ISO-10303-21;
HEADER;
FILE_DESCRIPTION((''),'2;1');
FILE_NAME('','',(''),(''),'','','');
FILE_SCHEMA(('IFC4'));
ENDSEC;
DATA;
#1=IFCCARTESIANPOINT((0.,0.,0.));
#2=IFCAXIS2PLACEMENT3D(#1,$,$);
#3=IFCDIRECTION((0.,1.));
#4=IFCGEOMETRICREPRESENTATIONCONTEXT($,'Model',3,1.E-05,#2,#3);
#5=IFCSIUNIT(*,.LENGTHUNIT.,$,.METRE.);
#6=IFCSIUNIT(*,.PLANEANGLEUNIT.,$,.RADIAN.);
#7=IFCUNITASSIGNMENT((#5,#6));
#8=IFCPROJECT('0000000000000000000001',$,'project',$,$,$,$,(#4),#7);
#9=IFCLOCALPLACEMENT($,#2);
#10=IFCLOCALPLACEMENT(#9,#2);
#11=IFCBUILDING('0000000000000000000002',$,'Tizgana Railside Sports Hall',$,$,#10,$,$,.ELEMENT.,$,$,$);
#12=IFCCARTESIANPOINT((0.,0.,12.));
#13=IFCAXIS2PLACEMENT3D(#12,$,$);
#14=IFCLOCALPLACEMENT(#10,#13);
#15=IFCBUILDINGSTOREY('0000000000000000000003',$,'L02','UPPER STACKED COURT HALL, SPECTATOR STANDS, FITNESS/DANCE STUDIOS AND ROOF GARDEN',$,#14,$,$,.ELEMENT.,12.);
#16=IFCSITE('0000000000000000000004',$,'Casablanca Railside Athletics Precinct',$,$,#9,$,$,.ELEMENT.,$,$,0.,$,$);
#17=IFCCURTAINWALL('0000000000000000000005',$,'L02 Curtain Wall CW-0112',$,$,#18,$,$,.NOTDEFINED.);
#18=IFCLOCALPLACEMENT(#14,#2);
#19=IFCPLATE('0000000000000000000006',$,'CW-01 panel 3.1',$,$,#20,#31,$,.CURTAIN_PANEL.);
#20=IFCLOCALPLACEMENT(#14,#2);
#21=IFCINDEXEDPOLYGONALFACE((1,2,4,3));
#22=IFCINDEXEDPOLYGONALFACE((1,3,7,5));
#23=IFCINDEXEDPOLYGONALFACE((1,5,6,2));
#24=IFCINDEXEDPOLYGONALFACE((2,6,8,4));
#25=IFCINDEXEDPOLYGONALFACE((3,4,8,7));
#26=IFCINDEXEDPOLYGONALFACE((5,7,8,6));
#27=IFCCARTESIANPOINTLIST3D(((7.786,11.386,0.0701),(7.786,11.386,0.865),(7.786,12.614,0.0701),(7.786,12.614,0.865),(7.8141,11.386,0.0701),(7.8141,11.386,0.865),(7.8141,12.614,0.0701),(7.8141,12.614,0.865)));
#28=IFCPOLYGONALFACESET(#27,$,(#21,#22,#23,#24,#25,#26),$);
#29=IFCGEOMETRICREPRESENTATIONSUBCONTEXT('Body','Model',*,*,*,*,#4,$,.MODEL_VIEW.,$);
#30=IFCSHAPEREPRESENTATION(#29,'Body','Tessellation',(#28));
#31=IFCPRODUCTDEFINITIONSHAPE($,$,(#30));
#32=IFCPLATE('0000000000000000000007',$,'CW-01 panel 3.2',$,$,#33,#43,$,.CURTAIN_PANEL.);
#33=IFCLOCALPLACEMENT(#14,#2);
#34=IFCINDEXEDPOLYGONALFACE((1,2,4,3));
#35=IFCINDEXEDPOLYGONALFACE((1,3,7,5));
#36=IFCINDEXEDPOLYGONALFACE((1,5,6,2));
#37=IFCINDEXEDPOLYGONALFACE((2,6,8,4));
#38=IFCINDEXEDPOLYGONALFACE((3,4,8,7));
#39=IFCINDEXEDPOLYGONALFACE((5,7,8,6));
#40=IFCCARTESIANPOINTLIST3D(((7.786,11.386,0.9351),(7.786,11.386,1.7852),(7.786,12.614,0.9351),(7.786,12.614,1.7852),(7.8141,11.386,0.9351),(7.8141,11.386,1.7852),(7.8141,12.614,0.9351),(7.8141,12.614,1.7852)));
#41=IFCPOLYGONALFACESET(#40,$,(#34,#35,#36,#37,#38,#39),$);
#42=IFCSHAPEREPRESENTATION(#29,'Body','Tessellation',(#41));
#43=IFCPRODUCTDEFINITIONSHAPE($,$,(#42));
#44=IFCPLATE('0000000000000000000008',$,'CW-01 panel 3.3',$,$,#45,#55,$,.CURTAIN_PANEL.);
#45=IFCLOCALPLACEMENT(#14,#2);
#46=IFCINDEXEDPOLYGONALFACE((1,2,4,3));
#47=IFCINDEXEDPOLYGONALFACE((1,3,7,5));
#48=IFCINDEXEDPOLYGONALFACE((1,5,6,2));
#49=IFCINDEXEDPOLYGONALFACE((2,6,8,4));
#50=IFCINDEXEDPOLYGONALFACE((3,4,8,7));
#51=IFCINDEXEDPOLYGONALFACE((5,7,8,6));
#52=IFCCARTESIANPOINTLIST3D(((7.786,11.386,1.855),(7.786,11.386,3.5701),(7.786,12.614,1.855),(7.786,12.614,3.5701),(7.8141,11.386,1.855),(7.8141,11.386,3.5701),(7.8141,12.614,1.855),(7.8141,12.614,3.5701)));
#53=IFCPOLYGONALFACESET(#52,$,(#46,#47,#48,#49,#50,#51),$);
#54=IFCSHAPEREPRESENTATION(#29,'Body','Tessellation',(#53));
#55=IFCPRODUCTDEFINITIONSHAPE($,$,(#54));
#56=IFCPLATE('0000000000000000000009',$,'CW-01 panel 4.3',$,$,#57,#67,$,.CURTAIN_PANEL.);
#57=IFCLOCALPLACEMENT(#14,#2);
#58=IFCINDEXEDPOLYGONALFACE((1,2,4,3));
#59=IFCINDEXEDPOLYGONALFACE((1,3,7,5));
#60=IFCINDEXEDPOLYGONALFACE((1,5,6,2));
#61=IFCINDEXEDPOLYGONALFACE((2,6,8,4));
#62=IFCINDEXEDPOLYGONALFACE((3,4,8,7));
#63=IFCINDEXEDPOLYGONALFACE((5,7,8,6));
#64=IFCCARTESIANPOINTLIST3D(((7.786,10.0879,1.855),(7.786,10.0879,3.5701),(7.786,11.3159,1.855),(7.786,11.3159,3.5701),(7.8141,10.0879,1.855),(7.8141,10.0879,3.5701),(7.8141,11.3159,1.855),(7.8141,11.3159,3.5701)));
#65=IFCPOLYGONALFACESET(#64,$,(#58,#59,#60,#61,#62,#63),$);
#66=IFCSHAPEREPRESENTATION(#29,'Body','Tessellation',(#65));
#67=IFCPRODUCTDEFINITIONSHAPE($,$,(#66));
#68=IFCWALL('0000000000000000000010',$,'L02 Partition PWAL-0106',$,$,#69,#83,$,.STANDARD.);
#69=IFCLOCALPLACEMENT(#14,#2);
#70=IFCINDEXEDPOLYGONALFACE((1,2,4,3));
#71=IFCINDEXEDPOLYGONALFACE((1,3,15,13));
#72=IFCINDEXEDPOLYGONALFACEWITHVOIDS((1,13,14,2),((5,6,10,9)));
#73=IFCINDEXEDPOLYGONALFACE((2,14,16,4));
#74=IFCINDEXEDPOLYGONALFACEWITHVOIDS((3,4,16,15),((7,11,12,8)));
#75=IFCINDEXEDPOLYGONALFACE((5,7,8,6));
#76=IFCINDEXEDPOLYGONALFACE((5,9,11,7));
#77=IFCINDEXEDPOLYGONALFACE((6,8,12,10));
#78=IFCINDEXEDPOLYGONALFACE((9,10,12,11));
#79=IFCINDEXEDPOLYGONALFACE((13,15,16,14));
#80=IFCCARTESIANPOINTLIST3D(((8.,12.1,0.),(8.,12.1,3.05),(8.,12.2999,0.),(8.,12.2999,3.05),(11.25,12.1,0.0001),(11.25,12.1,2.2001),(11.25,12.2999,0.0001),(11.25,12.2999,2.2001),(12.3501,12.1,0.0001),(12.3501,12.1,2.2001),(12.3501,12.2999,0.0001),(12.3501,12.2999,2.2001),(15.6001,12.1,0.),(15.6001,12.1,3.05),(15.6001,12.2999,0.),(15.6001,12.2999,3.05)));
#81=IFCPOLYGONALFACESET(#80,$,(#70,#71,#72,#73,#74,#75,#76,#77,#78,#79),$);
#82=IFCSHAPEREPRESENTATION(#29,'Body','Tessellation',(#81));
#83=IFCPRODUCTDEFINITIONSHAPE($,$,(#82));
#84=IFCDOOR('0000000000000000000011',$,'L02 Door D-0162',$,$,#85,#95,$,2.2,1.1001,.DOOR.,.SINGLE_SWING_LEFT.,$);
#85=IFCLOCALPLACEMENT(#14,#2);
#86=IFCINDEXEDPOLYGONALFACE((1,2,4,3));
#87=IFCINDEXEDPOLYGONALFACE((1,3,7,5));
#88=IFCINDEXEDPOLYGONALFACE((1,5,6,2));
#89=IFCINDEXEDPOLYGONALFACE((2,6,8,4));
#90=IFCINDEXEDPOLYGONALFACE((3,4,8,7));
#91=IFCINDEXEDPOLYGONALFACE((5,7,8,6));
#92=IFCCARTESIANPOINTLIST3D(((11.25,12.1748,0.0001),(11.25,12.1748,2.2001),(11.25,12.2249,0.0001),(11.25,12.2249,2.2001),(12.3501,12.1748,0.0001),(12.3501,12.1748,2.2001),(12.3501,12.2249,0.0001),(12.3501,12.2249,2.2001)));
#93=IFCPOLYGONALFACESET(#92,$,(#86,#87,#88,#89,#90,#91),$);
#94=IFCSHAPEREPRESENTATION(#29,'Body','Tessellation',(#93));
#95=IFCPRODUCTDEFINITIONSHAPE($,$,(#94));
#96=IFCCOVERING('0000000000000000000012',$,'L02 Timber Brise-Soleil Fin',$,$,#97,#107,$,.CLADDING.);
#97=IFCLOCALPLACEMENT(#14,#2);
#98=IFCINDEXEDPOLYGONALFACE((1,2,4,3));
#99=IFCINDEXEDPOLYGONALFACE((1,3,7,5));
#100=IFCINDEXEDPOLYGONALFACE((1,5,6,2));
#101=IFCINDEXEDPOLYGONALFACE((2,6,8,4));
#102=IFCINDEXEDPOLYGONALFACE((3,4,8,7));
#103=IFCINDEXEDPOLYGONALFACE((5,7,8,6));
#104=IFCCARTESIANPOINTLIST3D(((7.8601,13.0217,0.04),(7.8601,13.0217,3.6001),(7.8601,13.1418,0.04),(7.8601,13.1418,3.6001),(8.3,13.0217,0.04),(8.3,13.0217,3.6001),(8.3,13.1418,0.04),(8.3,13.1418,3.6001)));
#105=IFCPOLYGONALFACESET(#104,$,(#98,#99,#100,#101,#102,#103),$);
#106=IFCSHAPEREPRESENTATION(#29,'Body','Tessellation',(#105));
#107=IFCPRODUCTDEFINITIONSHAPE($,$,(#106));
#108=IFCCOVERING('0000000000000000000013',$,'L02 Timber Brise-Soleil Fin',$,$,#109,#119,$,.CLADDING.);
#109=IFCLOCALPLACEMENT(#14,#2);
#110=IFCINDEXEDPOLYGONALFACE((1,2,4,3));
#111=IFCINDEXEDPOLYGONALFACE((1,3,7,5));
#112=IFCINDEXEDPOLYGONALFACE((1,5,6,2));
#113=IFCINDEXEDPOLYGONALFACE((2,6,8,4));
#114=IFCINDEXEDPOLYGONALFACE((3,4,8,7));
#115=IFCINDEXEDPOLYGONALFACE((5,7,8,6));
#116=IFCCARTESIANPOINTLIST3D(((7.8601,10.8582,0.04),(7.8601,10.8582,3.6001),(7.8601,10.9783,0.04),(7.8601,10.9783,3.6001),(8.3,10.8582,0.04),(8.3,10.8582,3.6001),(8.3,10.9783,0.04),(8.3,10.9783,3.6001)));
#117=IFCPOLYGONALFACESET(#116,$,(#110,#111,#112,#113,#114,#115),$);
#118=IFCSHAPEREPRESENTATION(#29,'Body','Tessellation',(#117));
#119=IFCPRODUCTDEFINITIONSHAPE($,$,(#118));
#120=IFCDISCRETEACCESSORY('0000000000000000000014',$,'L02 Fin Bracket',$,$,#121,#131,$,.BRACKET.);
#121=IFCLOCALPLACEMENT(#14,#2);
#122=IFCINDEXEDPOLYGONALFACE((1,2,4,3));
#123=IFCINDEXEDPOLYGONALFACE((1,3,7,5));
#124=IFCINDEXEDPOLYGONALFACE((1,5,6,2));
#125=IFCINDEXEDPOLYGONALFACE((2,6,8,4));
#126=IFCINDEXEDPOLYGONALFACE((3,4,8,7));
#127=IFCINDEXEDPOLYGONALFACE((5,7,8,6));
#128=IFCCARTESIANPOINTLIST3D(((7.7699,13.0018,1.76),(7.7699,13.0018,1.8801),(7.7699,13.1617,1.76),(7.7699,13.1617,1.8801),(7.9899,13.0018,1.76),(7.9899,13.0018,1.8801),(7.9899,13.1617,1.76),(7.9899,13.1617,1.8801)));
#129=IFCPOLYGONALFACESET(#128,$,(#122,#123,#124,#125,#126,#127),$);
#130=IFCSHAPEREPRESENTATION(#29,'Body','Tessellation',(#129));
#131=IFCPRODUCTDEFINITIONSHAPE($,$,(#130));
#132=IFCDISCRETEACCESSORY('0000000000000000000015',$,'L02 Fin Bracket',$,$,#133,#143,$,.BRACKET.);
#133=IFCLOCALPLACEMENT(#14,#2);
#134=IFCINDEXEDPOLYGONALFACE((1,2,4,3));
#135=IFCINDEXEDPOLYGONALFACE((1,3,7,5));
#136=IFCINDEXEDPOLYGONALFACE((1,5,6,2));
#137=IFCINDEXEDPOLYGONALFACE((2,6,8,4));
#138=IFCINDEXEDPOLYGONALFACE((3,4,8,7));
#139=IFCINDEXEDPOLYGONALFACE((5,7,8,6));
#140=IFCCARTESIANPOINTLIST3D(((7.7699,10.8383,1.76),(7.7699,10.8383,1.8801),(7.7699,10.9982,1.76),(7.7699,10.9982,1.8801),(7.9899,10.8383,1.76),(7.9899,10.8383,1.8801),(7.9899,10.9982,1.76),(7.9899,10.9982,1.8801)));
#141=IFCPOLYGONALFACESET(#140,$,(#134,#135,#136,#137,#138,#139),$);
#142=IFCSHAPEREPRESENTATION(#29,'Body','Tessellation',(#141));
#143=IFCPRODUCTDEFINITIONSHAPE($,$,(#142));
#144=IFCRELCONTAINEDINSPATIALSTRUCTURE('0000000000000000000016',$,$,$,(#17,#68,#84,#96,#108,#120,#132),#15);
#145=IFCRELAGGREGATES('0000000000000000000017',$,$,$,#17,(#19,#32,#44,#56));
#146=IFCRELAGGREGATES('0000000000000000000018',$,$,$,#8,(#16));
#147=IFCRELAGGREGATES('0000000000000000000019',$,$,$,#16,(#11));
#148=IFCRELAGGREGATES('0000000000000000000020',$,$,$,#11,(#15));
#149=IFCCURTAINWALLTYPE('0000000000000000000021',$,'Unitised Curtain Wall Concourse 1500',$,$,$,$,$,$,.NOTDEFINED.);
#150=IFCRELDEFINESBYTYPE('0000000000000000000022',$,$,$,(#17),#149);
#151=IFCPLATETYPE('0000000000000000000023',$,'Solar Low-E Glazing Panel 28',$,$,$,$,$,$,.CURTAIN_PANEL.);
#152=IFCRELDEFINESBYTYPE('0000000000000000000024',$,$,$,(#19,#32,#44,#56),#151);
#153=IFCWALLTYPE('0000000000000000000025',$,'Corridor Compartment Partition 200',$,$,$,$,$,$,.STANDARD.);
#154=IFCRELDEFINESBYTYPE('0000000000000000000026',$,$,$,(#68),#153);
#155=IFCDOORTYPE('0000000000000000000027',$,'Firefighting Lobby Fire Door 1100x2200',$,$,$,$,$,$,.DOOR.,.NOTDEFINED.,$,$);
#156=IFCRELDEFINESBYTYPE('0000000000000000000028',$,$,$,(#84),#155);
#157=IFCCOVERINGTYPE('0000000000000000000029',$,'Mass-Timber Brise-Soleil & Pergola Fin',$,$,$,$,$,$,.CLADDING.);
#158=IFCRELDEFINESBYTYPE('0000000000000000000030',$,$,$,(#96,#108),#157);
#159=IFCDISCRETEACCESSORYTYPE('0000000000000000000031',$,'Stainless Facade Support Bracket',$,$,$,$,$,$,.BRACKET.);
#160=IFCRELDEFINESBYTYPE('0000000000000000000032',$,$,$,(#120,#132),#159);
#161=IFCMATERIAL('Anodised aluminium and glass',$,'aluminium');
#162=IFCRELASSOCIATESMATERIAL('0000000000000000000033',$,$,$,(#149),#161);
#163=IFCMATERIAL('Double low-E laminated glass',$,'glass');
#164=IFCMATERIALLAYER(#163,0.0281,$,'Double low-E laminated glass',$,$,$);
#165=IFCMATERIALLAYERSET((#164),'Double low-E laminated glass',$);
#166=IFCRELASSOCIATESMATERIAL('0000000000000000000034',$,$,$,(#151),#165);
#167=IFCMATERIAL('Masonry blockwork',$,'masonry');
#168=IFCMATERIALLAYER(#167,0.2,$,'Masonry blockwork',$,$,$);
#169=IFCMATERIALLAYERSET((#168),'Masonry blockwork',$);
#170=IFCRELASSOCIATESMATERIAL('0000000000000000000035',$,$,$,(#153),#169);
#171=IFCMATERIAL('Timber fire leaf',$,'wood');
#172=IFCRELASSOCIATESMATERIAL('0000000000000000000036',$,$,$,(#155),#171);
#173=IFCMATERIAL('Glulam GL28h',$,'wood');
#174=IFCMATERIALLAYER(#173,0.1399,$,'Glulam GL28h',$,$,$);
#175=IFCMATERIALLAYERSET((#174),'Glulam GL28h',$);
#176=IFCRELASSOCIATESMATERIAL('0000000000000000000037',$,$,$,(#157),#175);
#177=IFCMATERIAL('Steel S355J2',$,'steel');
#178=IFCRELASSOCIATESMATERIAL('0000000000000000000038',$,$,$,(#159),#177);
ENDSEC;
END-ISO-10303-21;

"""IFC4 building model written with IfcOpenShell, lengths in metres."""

from ifc_helpers import new_model, si_unit, direction, frame, frame_2d, origin, origin_2d, place, context, subcontext, project, spatial, rectangle, extrude, material, layer, layer_set, type_object, element, fill, aggregate, save


model = new_model("IFC4")

# Units and contexts
model_context = context("Model", 3, precision=1e-05, world=origin(), true_north=direction((0.0, 1.0)))
body_context = subcontext(model_context, "Body", "Model", "MODEL_VIEW")
ifc_project = project(units=[si_unit("LENGTHUNIT", "METRE"), si_unit("PLANEANGLEUNIT", "RADIAN")], contexts=[model_context])

# Site, building, storey
site_placement = place(None, origin())
site = spatial("IfcSite", under=ifc_project, at=site_placement, Name="Casablanca Railside Athletics Precinct", CompositionType="ELEMENT", RefElevation=0.0)
building_placement = place(site_placement, origin())
building = spatial("IfcBuilding", under=site, at=building_placement, Name="Tizgana Railside Sports Hall", CompositionType="ELEMENT")
storey_placement = place(building_placement, frame((0.0, 0.0, 12.0)))
storey = spatial("IfcBuildingStorey", under=building, at=storey_placement, Name="L02", Description="UPPER STACKED COURT HALL, SPECTATOR STANDS, FITNESS/DANCE STUDIOS AND ROOF GARDEN", CompositionType="ELEMENT", Elevation=12.0)

# Curtain wall
ifc_material_1 = material(Name="Anodised aluminium and glass", Category="aluminium")
curtain_wall_type = type_object("IfcCurtainWallType", Name="Unitised Curtain Wall Concourse 1500", PredefinedType="NOTDEFINED", material=ifc_material_1)
curtain_wall_placement = place(storey_placement, origin())
curtain_wall = element("IfcCurtainWall", 1, at=curtain_wall_placement, inside=storey, type_object=curtain_wall_type, Name="L02 Curtain Wall CW-0112", PredefinedType="NOTDEFINED")

# Shared definitions
ifc_material_2 = material(Name="Steel S355J2", Category="steel")

# Plates
ifc_material_3 = material(Name="Double low-E laminated glass", Category="glass")
ifc_layer_1 = layer(ifc_material_3, 0.0281, Name="Double low-E laminated glass")
ifc_layer_set_1 = layer_set([ifc_layer_1], Name="Double low-E laminated glass")
plate_type = type_object("IfcPlateType", Name="Solar Low-E Glazing Panel 28", PredefinedType="CURTAIN_PANEL", material=ifc_layer_set_1)
plate_1_placement = place(storey_placement, frame((7.8, 12.0, 0.0701), z_axis=(0.0, 0.0, 1.0), x_axis=(0.0, -1.0, 0.0)))
plate_1 = element("IfcPlate", 2, at=plate_1_placement, type_object=plate_type, Name="CW-01 panel 3.1", PredefinedType="CURTAIN_PANEL", context=body_context, shape_type="SweptSolid", body=[
    extrude(rectangle(XDim=1.228, YDim=0.0281, at=origin_2d()), origin(), (0.0, 0.0, 1.0), 0.7949),
])
plate_2_placement = place(storey_placement, frame((7.8, 12.0, 0.9351), z_axis=(0.0, 0.0, 1.0), x_axis=(0.0, -1.0, 0.0)))
plate_2 = element("IfcPlate", 3, at=plate_2_placement, type_object=plate_type, Name="CW-01 panel 3.2", PredefinedType="CURTAIN_PANEL", context=body_context, shape_type="SweptSolid", body=[
    extrude(rectangle(XDim=1.228, YDim=0.0281, at=origin_2d()), origin(), (0.0, 0.0, 1.0), 0.8501),
])
plate_3_placement = place(storey_placement, frame((7.8, 12.0, 1.855), z_axis=(0.0, 0.0, 1.0), x_axis=(0.0, -1.0, 0.0)))
plate_3 = element("IfcPlate", 4, at=plate_3_placement, type_object=plate_type, Name="CW-01 panel 3.3", PredefinedType="CURTAIN_PANEL", context=body_context, shape_type="SweptSolid", body=[
    extrude(rectangle(XDim=1.228, YDim=0.0281, at=origin_2d()), origin(), (0.0, 0.0, 1.0), 1.7151),
])
plate_4_placement = place(storey_placement, frame((7.8, 10.7019, 1.855), z_axis=(0.0, 0.0, 1.0), x_axis=(0.0, -1.0, 0.0)))
plate_4 = element("IfcPlate", 5, at=plate_4_placement, type_object=plate_type, Name="CW-01 panel 4.3", PredefinedType="CURTAIN_PANEL", context=body_context, shape_type="SweptSolid", body=[
    extrude(rectangle(XDim=1.228, YDim=0.0281, at=origin_2d()), origin(), (0.0, 0.0, 1.0), 1.7151),
])
aggregate(curtain_wall, [plate_1, plate_2, plate_3, plate_4])

# Wall, opening, door
ifc_material_4 = material(Name="Masonry blockwork", Category="masonry")
ifc_layer_2 = layer(ifc_material_4, 0.2, Name="Masonry blockwork")
ifc_layer_set_2 = layer_set([ifc_layer_2], Name="Masonry blockwork")
wall_type = type_object("IfcWallType", Name="Corridor Compartment Partition 200", PredefinedType="STANDARD", material=ifc_layer_set_2)
wall_placement = place(storey_placement, frame((8.0, 12.2, 0.0), z_axis=(0.0, 0.0, 1.0), x_axis=(1.0, 0.0, 0.0)))
wall = element("IfcWall", 6, at=wall_placement, inside=storey, type_object=wall_type, Name="L02 Partition PWAL-0106", PredefinedType="STANDARD", context=body_context, shape_type="SweptSolid", body=[
    extrude(rectangle(XDim=7.6001, YDim=0.2, at=frame_2d((3.8, 0.0))), origin(), (0.0, 0.0, 1.0), 3.05),
])
opening_placement = place(wall_placement, frame((3.25, 0.0, 0.0)))
opening = element("IfcOpeningElement", 7, at=opening_placement, cuts=wall, PredefinedType="OPENING", context=body_context, shape_type="SweptSolid", body=[
    extrude(rectangle(XDim=1.1001, YDim=2.2, at=frame_2d((0.55, 1.1001))), frame((0.0, 0.1099, 0.0), z_axis=(0.0, -1.0, 0.0), x_axis=(1.0, 0.0, 0.0)), (0.0, 0.0, 1.0), 0.22),
])
ifc_material_5 = material(Name="Timber fire leaf", Category="wood")
door_type = type_object("IfcDoorType", Name="Firefighting Lobby Fire Door 1100x2200", OperationType="NOTDEFINED", PredefinedType="DOOR", material=ifc_material_5)
door_placement = place(opening_placement, origin())
door = element("IfcDoor", 8, at=door_placement, inside=storey, type_object=door_type, Name="L02 Door D-0162", OperationType="SINGLE_SWING_LEFT", OverallHeight=2.2, OverallWidth=1.1001, PredefinedType="DOOR", context=body_context, shape_type="SweptSolid", body=[
    extrude(rectangle(XDim=1.1001, YDim=2.2, at=frame_2d((0.55, 1.1001))), frame((0.0, 0.0249, 0.0), z_axis=(0.0, -1.0, 0.0), x_axis=(1.0, 0.0, 0.0)), (0.0, 0.0, 1.0), 0.05),
])
fill(opening, door)

# Coverings
ifc_material_6 = material(Name="Glulam GL28h", Category="wood")
ifc_layer_3 = layer(ifc_material_6, 0.1399, Name="Glulam GL28h")
ifc_layer_set_3 = layer_set([ifc_layer_3], Name="Glulam GL28h")
covering_type = type_object("IfcCoveringType", Name="Mass-Timber Brise-Soleil & Pergola Fin", PredefinedType="CLADDING", material=ifc_layer_set_3)
for number, where, z_axis, x_axis, name in (
    (9, (8.0801, 13.0818, 0.04), (0.0, 0.0, 1.0), (0.0, -1.0, 0.0), "L02 Timber Brise-Soleil Fin"),
    (10, (8.0801, 10.9182, 0.04), (0.0, 0.0, 1.0), (0.0, -1.0, 0.0), "L02 Timber Brise-Soleil Fin"),
):
    element("IfcCovering", number, at=place(storey_placement, frame(where, z_axis=z_axis, x_axis=x_axis)), inside=storey, type_object=covering_type, Name=name, PredefinedType="CLADDING", context=body_context, shape_type="SweptSolid", body=[
        extrude(rectangle(XDim=0.1201, YDim=0.4399, at=origin_2d()), origin(), (0.0, 0.0, 1.0), 3.5601),
    ])

# Discrete accessories
discrete_accessory_type = type_object("IfcDiscreteAccessoryType", Name="Stainless Facade Support Bracket", PredefinedType="BRACKET", material=ifc_material_2)
for number, where, z_axis, x_axis, name in (
    (11, (7.8799, 13.0818, 1.76), (0.0, 0.0, 1.0), (0.0, -1.0, 0.0), "L02 Fin Bracket"),
    (12, (7.8799, 10.9182, 1.76), (0.0, 0.0, 1.0), (0.0, -1.0, 0.0), "L02 Fin Bracket"),
):
    element("IfcDiscreteAccessory", number, at=place(storey_placement, frame(where, z_axis=z_axis, x_axis=x_axis)), inside=storey, type_object=discrete_accessory_type, Name=name, PredefinedType="BRACKET", context=body_context, shape_type="SweptSolid", body=[
        extrude(rectangle(XDim=0.1599, YDim=0.22, at=origin_2d()), origin(), (0.0, 0.0, 1.0), 0.1201),
    ])

save(model, "model.ifc")
